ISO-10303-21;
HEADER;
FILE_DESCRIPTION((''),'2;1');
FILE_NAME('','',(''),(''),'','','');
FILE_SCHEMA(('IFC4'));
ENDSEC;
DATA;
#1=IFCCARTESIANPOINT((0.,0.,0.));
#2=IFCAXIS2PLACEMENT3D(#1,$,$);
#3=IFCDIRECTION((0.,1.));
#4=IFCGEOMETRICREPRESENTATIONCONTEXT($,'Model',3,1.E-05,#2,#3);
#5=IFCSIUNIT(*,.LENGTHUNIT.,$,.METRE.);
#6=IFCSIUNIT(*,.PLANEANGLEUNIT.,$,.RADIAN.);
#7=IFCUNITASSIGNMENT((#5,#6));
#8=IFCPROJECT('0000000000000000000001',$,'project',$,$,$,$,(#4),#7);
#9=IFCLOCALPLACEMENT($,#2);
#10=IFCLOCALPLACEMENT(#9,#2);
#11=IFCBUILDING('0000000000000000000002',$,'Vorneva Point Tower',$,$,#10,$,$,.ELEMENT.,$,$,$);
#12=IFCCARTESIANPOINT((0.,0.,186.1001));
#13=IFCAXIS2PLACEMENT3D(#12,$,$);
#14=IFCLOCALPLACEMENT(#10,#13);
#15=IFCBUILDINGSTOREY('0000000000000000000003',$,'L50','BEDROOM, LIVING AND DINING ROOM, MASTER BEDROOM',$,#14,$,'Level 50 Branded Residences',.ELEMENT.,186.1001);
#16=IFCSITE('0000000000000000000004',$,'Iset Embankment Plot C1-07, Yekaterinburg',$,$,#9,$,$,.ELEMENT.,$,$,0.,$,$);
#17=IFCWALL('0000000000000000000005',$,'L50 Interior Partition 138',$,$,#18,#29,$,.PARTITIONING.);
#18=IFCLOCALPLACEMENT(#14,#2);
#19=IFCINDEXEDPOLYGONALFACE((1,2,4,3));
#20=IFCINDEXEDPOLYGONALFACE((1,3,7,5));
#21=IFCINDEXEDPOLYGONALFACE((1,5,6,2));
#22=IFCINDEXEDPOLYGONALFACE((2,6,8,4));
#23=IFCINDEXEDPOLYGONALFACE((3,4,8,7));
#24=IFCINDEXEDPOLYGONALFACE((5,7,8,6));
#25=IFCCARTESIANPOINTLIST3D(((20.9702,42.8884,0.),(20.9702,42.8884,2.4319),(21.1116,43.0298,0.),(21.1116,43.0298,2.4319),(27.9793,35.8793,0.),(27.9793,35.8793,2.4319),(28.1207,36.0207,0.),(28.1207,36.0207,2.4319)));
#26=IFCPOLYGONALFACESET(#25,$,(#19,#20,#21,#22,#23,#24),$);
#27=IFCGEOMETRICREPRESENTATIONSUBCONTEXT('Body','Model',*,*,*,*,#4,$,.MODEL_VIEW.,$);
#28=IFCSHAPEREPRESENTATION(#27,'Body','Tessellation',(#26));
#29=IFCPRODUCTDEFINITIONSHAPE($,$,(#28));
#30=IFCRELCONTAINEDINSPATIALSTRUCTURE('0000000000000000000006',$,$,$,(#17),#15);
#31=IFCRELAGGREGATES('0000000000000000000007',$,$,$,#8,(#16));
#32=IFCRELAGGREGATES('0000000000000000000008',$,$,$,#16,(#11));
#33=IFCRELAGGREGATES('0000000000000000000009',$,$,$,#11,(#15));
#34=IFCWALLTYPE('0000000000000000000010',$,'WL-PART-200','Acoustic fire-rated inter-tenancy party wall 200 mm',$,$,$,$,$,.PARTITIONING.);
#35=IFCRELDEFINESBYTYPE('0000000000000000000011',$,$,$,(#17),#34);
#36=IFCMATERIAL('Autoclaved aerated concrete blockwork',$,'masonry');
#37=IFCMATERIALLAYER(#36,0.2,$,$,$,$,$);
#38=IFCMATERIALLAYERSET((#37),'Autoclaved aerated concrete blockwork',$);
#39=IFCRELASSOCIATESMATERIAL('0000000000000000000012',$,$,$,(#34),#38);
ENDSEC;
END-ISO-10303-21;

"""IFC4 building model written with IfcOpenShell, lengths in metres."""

from ifc_helpers import new_model, si_unit, direction, frame, frame_2d, origin, place, context, subcontext, project, spatial, rectangle, extrude, material, layer, layer_set, type_object, element, save


model = new_model("IFC4")

# Units and contexts
model_context = context("Model", 3, precision=1e-05, world=origin(), true_north=direction((0.0, 1.0)))
body_context = subcontext(model_context, "Body", "Model", "MODEL_VIEW")
ifc_project = project(units=[si_unit("LENGTHUNIT", "METRE"), si_unit("PLANEANGLEUNIT", "RADIAN")], contexts=[model_context])

# Site, building, storey
site_placement = place(None, origin())
site = spatial("IfcSite", under=ifc_project, at=site_placement, Name="Iset Embankment Plot C1-07, Yekaterinburg", CompositionType="ELEMENT", RefElevation=0.0)
building_placement = place(site_placement, origin())
building = spatial("IfcBuilding", under=site, at=building_placement, Name="Vorneva Point Tower", CompositionType="ELEMENT")
storey_placement = place(building_placement, frame((0.0, 0.0, 186.1001)))
storey = spatial("IfcBuildingStorey", under=building, at=storey_placement, Name="L50", Description="BEDROOM, LIVING AND DINING ROOM, MASTER BEDROOM", LongName="Level 50 Branded Residences", CompositionType="ELEMENT", Elevation=186.1001)

# Shared definitions
ifc_material_1 = material(Name="Autoclaved aerated concrete blockwork", Category="masonry")

# Wall
ifc_layer_1 = layer(ifc_material_1, 0.2)
ifc_layer_set_1 = layer_set([ifc_layer_1], Name="Autoclaved aerated concrete blockwork")
wall_type_1 = type_object("IfcWallType", Name="WL-PART-200", Description="Acoustic fire-rated inter-tenancy party wall 200 mm", PredefinedType="PARTITIONING", material=ifc_layer_set_1)
wall_1_placement = place(storey_placement, frame((21.041, 42.959, 0.0), z_axis=(0.0, 0.0, 1.0), x_axis=(0.707107, -0.707107, 0.0)))
element("IfcWall", 1, at=wall_1_placement, inside=storey, type_object=wall_type_1, Name="L50 Interior Partition 138", PredefinedType="PARTITIONING", context=body_context, shape_type="SweptSolid", body=[
    extrude(rectangle(XDim=9.9124, YDim=0.2, at=frame_2d((4.9561, 0.0))), origin(), (0.0, 0.0, 1.0), 2.4319),
])

save(model, "model.ifc")
